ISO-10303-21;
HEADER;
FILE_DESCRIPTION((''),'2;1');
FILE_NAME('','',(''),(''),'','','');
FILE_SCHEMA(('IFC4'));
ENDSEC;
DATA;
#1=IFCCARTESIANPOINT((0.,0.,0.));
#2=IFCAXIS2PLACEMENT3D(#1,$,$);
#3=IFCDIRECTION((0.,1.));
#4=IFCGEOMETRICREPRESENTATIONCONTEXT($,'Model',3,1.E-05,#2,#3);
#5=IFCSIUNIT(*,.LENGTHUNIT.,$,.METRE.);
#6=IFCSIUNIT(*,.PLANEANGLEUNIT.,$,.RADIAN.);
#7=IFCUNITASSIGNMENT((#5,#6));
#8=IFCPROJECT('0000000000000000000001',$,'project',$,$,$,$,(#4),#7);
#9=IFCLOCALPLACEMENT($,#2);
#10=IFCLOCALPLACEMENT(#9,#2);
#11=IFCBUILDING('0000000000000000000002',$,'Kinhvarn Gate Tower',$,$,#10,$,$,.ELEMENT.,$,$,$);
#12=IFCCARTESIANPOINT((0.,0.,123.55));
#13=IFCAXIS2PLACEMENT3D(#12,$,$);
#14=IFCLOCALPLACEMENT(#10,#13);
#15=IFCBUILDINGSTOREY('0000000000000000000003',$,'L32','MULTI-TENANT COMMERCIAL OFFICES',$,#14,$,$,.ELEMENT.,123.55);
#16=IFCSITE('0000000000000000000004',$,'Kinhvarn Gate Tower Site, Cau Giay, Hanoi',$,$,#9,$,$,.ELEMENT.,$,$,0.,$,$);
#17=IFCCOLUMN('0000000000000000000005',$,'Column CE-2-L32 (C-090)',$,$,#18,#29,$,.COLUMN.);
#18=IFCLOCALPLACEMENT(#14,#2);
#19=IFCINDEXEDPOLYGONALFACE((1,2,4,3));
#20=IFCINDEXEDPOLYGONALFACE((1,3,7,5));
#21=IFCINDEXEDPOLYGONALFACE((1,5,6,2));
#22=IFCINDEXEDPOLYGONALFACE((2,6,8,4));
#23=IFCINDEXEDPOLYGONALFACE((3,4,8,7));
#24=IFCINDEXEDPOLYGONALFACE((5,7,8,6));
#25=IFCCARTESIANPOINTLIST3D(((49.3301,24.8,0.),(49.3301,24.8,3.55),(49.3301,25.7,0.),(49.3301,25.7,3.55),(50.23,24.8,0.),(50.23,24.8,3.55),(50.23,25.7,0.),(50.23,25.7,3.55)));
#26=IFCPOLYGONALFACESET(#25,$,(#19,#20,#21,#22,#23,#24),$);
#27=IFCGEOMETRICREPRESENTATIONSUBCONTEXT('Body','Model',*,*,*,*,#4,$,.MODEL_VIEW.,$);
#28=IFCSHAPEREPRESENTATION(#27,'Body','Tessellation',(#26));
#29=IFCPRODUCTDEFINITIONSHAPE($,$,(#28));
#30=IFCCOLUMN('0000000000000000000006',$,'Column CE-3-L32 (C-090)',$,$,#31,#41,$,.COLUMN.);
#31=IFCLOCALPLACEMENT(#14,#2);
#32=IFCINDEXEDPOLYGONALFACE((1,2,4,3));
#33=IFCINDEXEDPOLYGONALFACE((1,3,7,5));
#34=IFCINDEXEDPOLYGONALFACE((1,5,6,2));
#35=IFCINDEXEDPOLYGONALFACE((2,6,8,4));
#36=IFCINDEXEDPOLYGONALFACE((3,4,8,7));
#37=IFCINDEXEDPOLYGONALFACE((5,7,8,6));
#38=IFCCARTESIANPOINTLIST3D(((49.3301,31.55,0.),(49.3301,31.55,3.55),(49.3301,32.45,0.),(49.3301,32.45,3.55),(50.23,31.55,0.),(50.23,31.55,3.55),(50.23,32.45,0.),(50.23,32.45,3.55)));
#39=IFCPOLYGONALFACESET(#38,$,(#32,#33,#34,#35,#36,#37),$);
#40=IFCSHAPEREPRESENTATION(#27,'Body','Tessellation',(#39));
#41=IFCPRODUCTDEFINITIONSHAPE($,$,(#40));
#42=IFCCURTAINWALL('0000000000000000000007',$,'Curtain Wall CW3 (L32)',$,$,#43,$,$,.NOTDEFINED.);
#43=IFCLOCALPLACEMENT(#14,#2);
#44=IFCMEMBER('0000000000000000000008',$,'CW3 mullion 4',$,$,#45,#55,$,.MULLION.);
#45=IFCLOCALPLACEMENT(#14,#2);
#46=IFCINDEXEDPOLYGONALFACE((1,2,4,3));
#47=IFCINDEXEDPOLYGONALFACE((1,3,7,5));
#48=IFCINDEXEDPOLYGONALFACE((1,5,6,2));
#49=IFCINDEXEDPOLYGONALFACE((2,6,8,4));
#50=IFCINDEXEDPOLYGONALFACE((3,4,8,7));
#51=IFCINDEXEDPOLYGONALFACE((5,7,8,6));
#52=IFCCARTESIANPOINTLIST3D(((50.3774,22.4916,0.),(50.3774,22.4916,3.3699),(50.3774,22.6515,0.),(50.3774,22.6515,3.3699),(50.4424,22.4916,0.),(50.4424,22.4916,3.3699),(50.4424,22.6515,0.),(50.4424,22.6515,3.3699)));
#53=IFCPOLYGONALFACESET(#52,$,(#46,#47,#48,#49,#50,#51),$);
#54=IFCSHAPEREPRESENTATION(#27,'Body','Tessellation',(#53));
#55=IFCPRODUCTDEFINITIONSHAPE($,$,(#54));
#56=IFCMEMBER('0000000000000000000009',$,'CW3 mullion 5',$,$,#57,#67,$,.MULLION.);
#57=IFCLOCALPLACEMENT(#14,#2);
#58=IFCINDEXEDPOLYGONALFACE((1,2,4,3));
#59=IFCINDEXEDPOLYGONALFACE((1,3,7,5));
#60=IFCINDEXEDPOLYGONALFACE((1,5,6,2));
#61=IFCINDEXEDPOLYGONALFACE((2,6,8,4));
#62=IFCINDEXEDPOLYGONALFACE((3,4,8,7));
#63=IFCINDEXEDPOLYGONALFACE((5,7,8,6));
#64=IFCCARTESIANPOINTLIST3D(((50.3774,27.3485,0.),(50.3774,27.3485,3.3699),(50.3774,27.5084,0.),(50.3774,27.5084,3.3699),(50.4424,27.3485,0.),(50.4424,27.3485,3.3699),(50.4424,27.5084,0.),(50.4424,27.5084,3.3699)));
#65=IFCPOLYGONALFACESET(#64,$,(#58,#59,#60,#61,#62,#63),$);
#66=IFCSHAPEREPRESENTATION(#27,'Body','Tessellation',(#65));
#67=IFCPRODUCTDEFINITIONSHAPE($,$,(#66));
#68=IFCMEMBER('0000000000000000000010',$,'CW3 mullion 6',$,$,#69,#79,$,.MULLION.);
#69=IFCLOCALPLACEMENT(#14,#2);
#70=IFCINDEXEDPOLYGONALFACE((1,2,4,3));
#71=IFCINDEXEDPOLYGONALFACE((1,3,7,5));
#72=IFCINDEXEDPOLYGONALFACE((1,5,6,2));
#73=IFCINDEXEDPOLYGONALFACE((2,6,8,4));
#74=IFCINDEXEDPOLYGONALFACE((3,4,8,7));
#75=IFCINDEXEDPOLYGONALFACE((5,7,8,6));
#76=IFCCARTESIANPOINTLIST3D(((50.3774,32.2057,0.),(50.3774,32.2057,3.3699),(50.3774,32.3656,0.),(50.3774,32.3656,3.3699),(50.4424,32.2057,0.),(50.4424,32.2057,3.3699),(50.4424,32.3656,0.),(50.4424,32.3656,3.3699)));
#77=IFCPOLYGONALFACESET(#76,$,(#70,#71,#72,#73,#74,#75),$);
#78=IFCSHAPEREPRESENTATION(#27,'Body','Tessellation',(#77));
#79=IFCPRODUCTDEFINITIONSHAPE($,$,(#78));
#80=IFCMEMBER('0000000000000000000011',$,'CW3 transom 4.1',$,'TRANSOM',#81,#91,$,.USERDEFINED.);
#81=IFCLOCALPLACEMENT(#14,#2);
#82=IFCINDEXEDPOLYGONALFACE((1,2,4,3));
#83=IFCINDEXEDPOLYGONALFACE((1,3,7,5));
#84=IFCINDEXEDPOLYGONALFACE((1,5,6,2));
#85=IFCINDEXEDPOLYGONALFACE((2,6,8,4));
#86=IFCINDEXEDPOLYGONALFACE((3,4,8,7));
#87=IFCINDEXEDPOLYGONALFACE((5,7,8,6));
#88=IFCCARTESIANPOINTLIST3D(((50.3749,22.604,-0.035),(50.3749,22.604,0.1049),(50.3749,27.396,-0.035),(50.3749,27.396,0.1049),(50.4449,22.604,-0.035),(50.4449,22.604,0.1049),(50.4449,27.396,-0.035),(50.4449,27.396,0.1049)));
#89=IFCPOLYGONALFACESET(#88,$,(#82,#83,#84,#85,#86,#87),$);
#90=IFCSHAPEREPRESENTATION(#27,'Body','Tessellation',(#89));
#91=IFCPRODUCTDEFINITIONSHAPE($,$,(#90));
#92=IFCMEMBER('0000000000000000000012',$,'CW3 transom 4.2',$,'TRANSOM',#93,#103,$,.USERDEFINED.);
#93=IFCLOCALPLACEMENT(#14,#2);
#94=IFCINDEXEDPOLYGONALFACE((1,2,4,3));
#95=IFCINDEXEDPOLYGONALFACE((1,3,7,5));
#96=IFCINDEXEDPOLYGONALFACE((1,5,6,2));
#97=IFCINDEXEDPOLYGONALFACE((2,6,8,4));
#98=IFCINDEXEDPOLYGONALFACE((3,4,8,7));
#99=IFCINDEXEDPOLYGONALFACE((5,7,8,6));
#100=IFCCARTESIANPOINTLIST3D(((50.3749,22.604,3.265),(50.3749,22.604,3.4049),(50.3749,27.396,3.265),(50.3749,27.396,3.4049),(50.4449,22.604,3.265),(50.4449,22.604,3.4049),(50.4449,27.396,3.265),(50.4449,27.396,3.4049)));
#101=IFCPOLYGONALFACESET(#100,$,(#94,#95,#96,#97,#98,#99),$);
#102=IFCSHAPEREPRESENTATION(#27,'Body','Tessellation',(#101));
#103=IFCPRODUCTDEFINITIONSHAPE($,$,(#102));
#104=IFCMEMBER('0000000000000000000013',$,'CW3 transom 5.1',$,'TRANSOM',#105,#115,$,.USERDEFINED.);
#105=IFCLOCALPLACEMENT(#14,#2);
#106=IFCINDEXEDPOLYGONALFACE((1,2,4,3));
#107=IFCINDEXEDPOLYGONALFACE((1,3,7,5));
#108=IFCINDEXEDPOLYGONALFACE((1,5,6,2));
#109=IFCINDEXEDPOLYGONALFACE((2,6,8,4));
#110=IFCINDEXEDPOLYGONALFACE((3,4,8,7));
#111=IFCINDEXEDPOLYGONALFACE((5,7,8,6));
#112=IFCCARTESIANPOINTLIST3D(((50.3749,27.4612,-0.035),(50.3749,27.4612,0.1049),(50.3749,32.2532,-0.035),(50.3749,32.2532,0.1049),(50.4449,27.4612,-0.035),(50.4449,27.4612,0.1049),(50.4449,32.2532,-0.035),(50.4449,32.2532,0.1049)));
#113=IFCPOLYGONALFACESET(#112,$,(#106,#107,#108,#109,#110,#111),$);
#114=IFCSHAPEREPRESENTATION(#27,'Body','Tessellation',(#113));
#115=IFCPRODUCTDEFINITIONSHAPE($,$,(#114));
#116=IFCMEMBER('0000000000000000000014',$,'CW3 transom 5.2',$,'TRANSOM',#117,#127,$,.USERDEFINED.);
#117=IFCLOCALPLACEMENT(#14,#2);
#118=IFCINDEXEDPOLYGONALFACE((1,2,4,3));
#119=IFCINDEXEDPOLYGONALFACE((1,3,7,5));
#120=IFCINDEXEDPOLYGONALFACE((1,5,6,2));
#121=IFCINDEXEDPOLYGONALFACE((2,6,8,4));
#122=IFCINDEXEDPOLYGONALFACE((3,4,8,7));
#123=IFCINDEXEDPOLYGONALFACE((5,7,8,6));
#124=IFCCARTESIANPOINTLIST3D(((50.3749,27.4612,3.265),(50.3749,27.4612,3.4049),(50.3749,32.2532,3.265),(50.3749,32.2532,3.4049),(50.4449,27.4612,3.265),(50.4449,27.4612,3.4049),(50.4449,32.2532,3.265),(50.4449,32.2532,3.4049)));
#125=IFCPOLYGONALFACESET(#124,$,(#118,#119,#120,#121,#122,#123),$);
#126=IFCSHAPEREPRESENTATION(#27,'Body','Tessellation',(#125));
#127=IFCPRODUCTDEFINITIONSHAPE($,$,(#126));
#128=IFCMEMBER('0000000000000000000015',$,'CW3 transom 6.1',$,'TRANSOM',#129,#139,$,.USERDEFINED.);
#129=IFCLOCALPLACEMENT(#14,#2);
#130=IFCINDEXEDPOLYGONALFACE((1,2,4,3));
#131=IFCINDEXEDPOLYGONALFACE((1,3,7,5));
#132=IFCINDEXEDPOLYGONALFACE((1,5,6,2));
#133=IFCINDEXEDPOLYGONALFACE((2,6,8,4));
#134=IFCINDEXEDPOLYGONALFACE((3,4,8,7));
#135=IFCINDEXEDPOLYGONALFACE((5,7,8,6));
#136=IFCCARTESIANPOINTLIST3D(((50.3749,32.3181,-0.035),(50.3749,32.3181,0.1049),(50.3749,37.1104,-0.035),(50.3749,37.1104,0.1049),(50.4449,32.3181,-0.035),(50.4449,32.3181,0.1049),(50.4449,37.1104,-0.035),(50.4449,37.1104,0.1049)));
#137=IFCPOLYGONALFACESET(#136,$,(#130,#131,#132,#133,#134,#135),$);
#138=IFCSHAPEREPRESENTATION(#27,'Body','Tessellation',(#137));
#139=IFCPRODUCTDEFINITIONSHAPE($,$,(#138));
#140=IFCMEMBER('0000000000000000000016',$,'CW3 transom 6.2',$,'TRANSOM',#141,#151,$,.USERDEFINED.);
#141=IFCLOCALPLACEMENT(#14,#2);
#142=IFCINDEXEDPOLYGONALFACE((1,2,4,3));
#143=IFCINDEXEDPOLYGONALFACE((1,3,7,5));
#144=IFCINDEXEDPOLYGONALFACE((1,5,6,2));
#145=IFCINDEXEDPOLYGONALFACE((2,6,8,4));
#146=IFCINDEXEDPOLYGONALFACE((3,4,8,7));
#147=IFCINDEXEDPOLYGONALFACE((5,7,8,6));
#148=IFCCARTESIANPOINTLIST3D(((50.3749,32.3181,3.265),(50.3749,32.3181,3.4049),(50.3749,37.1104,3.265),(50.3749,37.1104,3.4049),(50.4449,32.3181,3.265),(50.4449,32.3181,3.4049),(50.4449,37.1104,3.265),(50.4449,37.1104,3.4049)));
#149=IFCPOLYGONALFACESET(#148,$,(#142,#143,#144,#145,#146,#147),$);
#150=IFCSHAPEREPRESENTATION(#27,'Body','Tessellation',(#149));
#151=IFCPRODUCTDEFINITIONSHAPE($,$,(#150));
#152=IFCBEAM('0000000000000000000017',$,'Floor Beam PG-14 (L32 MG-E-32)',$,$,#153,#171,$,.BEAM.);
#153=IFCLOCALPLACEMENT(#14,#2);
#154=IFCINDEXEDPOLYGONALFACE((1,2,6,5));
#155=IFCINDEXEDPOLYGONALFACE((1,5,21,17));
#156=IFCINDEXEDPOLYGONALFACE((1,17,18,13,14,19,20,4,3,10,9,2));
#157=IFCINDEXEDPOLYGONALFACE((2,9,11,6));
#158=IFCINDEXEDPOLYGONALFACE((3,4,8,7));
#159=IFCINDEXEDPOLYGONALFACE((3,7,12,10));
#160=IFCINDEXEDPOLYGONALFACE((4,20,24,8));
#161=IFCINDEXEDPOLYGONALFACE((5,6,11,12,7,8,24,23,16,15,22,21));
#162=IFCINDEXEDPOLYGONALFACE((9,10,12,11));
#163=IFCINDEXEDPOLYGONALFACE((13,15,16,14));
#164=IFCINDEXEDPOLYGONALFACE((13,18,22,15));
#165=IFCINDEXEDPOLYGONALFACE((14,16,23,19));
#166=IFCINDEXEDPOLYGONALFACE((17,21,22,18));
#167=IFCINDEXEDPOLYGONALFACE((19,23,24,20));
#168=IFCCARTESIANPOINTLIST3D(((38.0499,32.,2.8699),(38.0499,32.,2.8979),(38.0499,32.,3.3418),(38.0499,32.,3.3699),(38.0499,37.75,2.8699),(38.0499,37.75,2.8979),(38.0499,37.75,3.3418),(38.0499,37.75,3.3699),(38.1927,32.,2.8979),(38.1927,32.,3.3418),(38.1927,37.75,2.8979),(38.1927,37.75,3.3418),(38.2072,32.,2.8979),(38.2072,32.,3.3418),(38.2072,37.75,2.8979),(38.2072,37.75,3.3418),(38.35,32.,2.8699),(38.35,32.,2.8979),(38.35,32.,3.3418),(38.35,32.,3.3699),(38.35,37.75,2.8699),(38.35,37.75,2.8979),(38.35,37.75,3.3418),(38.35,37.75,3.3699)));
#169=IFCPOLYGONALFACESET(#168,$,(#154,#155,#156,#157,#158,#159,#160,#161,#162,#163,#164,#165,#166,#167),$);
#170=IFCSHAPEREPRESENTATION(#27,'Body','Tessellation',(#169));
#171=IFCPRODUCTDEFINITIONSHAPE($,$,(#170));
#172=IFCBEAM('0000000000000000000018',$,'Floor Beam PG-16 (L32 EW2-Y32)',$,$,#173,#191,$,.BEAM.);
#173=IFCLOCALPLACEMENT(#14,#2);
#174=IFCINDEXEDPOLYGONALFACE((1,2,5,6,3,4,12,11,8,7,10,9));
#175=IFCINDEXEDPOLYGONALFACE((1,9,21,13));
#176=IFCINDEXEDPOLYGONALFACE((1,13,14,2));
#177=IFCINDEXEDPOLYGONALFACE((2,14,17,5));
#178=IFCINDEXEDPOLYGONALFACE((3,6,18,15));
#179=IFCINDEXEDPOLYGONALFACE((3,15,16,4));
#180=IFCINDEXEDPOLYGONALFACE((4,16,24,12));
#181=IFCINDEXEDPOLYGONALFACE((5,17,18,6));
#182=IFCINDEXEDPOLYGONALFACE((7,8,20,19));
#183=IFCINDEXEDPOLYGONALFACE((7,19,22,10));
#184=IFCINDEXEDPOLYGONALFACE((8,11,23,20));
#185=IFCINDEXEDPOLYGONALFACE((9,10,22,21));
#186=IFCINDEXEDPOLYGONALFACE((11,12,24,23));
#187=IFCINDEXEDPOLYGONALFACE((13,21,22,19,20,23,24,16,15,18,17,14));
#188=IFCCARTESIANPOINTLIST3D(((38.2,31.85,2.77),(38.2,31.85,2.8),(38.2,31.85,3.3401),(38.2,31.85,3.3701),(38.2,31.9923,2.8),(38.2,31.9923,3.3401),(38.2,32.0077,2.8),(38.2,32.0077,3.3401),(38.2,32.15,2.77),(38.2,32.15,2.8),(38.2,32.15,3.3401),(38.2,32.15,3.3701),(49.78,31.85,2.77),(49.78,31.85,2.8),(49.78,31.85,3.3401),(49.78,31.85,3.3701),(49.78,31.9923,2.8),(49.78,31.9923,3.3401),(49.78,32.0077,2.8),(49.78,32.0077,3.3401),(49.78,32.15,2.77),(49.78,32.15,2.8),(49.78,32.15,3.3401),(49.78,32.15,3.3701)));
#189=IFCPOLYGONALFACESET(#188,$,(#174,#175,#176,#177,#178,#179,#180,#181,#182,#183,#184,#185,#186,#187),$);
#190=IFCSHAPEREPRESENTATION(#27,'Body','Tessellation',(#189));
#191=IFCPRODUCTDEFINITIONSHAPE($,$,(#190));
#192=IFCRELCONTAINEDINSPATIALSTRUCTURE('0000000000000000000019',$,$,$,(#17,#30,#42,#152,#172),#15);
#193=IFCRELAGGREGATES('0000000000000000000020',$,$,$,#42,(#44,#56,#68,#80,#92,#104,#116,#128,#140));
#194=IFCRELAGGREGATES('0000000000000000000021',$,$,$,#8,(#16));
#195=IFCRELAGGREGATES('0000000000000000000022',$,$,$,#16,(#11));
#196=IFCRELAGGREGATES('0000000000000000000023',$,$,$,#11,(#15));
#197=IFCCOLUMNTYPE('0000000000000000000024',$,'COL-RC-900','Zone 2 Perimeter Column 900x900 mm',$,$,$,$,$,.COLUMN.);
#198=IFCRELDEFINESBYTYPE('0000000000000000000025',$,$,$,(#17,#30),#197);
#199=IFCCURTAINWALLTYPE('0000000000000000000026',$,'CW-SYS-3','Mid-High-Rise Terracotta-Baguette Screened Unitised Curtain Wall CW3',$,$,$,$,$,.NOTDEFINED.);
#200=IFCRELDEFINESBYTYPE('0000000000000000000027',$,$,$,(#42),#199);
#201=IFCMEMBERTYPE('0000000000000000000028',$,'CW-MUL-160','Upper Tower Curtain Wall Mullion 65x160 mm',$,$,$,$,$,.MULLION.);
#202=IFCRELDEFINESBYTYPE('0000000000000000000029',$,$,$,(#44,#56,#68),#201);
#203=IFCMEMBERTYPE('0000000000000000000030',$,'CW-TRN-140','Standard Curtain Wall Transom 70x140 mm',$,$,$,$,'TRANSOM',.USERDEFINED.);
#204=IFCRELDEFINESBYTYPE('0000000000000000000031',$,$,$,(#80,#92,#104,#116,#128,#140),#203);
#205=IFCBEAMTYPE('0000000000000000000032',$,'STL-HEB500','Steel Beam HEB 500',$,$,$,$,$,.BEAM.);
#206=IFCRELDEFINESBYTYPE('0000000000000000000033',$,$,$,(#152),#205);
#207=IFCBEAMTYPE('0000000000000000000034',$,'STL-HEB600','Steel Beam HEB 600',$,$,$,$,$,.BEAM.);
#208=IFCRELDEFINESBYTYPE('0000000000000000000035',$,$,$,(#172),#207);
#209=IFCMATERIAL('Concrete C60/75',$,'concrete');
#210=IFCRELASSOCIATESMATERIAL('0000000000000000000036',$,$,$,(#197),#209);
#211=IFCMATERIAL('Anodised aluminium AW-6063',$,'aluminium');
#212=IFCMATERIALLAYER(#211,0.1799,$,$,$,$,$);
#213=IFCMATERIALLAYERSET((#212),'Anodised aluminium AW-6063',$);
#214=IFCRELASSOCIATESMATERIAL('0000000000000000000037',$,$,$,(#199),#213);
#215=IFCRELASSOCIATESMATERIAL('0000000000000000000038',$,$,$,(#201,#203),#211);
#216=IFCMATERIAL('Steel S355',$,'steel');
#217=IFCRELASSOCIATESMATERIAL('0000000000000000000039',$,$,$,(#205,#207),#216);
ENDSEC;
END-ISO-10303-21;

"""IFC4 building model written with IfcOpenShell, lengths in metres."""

from ifc_helpers import new_model, si_unit, direction, frame, origin, origin_2d, place, context, subcontext, project, spatial, rectangle, i_section, extrude, material, layer, layer_set, material_profile, profile_set, type_object, element, aggregate, save


model = new_model("IFC4")

# Units and contexts
model_context = context("Model", 3, precision=1e-05, world=origin(), true_north=direction((0.0, 1.0)))
body_context = subcontext(model_context, "Body", "Model", "MODEL_VIEW")
ifc_project = project(units=[si_unit("LENGTHUNIT", "METRE"), si_unit("PLANEANGLEUNIT", "RADIAN")], contexts=[model_context])

# Site, building, storey
site_placement = place(None, origin())
site = spatial("IfcSite", under=ifc_project, at=site_placement, Name="Kinhvarn Gate Tower Site, Cau Giay, Hanoi", CompositionType="ELEMENT", RefElevation=0.0)
building_placement = place(site_placement, origin())
building = spatial("IfcBuilding", under=site, at=building_placement, Name="Kinhvarn Gate Tower", CompositionType="ELEMENT")
storey_placement = place(building_placement, frame((0.0, 0.0, 123.55)))
storey = spatial("IfcBuildingStorey", under=building, at=storey_placement, Name="L32", Description="MULTI-TENANT COMMERCIAL OFFICES", CompositionType="ELEMENT", Elevation=123.55)

# Columns
ifc_material_1 = material(Name="Concrete C60/75", Category="concrete")
ifc_material_profile_1 = material_profile(ifc_material_1, rectangle(XDim=0.8999, YDim=0.8999, at=origin_2d()), Name="RC 900x900")
ifc_profile_set_1 = profile_set([ifc_material_profile_1], Name="Concrete C60/75")
column_type = type_object("IfcColumnType", Name="COL-RC-900", Description="Zone 2 Perimeter Column 900x900 mm", PredefinedType="COLUMN", material=ifc_profile_set_1)
for number, where, z_axis, x_axis, name in (
    (1, (49.78, 25.25, 0.0), (0.0, 0.0, 1.0), (1.0, 0.0, 0.0), "Column CE-2-L32 (C-090)"),
    (2, (49.78, 32.0, 0.0), (0.0, 0.0, 1.0), (1.0, 0.0, 0.0), "Column CE-3-L32 (C-090)"),
):
    element("IfcColumn", number, at=place(storey_placement, frame(where, z_axis=z_axis, x_axis=x_axis)), inside=storey, type_object=column_type, Name=name, PredefinedType="COLUMN", context=body_context, shape_type="SweptSolid", body=[
        extrude(rectangle(XDim=0.8999, YDim=0.8999, at=origin_2d()), origin(), (0.0, 0.0, 1.0), 3.55),
    ])

# Curtain wall, members
ifc_material_2 = material(Name="Anodised aluminium AW-6063", Category="aluminium")
ifc_layer_1 = layer(ifc_material_2, 0.1799)
ifc_layer_set_1 = layer_set([ifc_layer_1], Name="Anodised aluminium AW-6063")
curtain_wall_type = type_object("IfcCurtainWallType", Name="CW-SYS-3", Description="Mid-High-Rise Terracotta-Baguette Screened Unitised Curtain Wall CW3", PredefinedType="NOTDEFINED", material=ifc_layer_set_1)
curtain_wall_placement = place(storey_placement, origin())
curtain_wall = element("IfcCurtainWall", 3, at=curtain_wall_placement, inside=storey, type_object=curtain_wall_type, Name="Curtain Wall CW3 (L32)", PredefinedType="NOTDEFINED")
ifc_material_profile_2 = material_profile(ifc_material_2, rectangle(XDim=0.0649, YDim=0.1599, at=origin_2d()), Name="ALU 65x160")
ifc_profile_set_2 = profile_set([ifc_material_profile_2], Name="Anodised aluminium AW-6063")
member_type_1 = type_object("IfcMemberType", Name="CW-MUL-160", Description="Upper Tower Curtain Wall Mullion 65x160 mm", PredefinedType="MULLION", material=ifc_profile_set_2)
member_1_placement = place(storey_placement, frame((50.4099, 22.5715, 0.0), z_axis=(0.0, 0.0, 1.0), x_axis=(-1.0, 0.0, 0.0)))
member_1 = element("IfcMember", 4, at=member_1_placement, type_object=member_type_1, Name="CW3 mullion 4", PredefinedType="MULLION", context=body_context, shape_type="SweptSolid", body=[
    extrude(rectangle(XDim=0.0649, YDim=0.1599, at=origin_2d()), origin(), (0.0, 0.0, 1.0), 3.3699),
])
member_2_placement = place(storey_placement, frame((50.4099, 27.4285, 0.0), z_axis=(0.0, 0.0, 1.0), x_axis=(-1.0, 0.0, 0.0)))
member_2 = element("IfcMember", 5, at=member_2_placement, type_object=member_type_1, Name="CW3 mullion 5", PredefinedType="MULLION", context=body_context, shape_type="SweptSolid", body=[
    extrude(rectangle(XDim=0.0649, YDim=0.1599, at=origin_2d()), origin(), (0.0, 0.0, 1.0), 3.3699),
])
member_3_placement = place(storey_placement, frame((50.4099, 32.2856, 0.0), z_axis=(0.0, 0.0, 1.0), x_axis=(-1.0, 0.0, 0.0)))
member_3 = element("IfcMember", 6, at=member_3_placement, type_object=member_type_1, Name="CW3 mullion 6", PredefinedType="MULLION", context=body_context, shape_type="SweptSolid", body=[
    extrude(rectangle(XDim=0.0649, YDim=0.1599, at=origin_2d()), origin(), (0.0, 0.0, 1.0), 3.3699),
])
ifc_material_profile_3 = material_profile(ifc_material_2, rectangle(XDim=0.0701, YDim=0.1399, at=origin_2d()), Name="ALU 70x140")
ifc_profile_set_3 = profile_set([ifc_material_profile_3], Name="Anodised aluminium AW-6063")
member_type_2 = type_object("IfcMemberType", Name="CW-TRN-140", Description="Standard Curtain Wall Transom 70x140 mm", ElementType="TRANSOM", PredefinedType="USERDEFINED", material=ifc_profile_set_3)
member_4_placement = place(storey_placement, frame((50.4099, 22.604, 0.0349), z_axis=(0.0, 1.0, 0.0), x_axis=(-1.0, 0.0, 0.0)))
member_4 = element("IfcMember", 7, at=member_4_placement, type_object=member_type_2, Name="CW3 transom 4.1", ObjectType="TRANSOM", PredefinedType="USERDEFINED", context=body_context, shape_type="SweptSolid", body=[
    extrude(rectangle(XDim=0.0701, YDim=0.1399, at=origin_2d()), origin(), (0.0, 0.0, 1.0), 4.792),
])
member_5_placement = place(storey_placement, frame((50.4099, 22.604, 3.335), z_axis=(0.0, 1.0, 0.0), x_axis=(-1.0, 0.0, 0.0)))
member_5 = element("IfcMember", 8, at=member_5_placement, type_object=member_type_2, Name="CW3 transom 4.2", ObjectType="TRANSOM", PredefinedType="USERDEFINED", context=body_context, shape_type="SweptSolid", body=[
    extrude(rectangle(XDim=0.0701, YDim=0.1399, at=origin_2d()), origin(), (0.0, 0.0, 1.0), 4.792),
])
member_6_placement = place(storey_placement, frame((50.4099, 27.4612, 0.0349), z_axis=(0.0, 1.0, 0.0), x_axis=(-1.0, 0.0, 0.0)))
member_6 = element("IfcMember", 9, at=member_6_placement, type_object=member_type_2, Name="CW3 transom 5.1", ObjectType="TRANSOM", PredefinedType="USERDEFINED", context=body_context, shape_type="SweptSolid", body=[
    extrude(rectangle(XDim=0.0701, YDim=0.1399, at=origin_2d()), origin(), (0.0, 0.0, 1.0), 4.792),
])
member_7_placement = place(storey_placement, frame((50.4099, 27.4612, 3.335), z_axis=(0.0, 1.0, 0.0), x_axis=(-1.0, 0.0, 0.0)))
member_7 = element("IfcMember", 10, at=member_7_placement, type_object=member_type_2, Name="CW3 transom 5.2", ObjectType="TRANSOM", PredefinedType="USERDEFINED", context=body_context, shape_type="SweptSolid", body=[
    extrude(rectangle(XDim=0.0701, YDim=0.1399, at=origin_2d()), origin(), (0.0, 0.0, 1.0), 4.792),
])
member_8_placement = place(storey_placement, frame((50.4099, 32.3181, 0.0349), z_axis=(0.0, 1.0, 0.0), x_axis=(-1.0, 0.0, 0.0)))
member_8 = element("IfcMember", 11, at=member_8_placement, type_object=member_type_2, Name="CW3 transom 6.1", ObjectType="TRANSOM", PredefinedType="USERDEFINED", context=body_context, shape_type="SweptSolid", body=[
    extrude(rectangle(XDim=0.0701, YDim=0.1399, at=origin_2d()), origin(), (0.0, 0.0, 1.0), 4.7922),
])
member_9_placement = place(storey_placement, frame((50.4099, 32.3181, 3.335), z_axis=(0.0, 1.0, 0.0), x_axis=(-1.0, 0.0, 0.0)))
member_9 = element("IfcMember", 12, at=member_9_placement, type_object=member_type_2, Name="CW3 transom 6.2", ObjectType="TRANSOM", PredefinedType="USERDEFINED", context=body_context, shape_type="SweptSolid", body=[
    extrude(rectangle(XDim=0.0701, YDim=0.1399, at=origin_2d()), origin(), (0.0, 0.0, 1.0), 4.7922),
])

# Beams
ifc_material_3 = material(Name="Steel S355", Category="steel")
ifc_material_profile_4 = material_profile(ifc_material_3, i_section(OverallWidth=0.3, OverallDepth=0.5, WebThickness=0.0144, FlangeThickness=0.0281, at=origin_2d()), Name="HEB 500")
ifc_profile_set_4 = profile_set([ifc_material_profile_4], Name="Steel S355")
beam_type_1 = type_object("IfcBeamType", Name="STL-HEB500", Description="Steel Beam HEB 500", PredefinedType="BEAM", material=ifc_profile_set_4)
beam_1_placement = place(storey_placement, frame((38.2, 32.0, 3.1199), z_axis=(0.0, 1.0, 0.0), x_axis=(-1.0, 0.0, 0.0)))
element("IfcBeam", 13, at=beam_1_placement, inside=storey, type_object=beam_type_1, Name="Floor Beam PG-14 (L32 MG-E-32)", PredefinedType="BEAM", context=body_context, shape_type="SweptSolid", body=[
    extrude(i_section(OverallWidth=0.3, OverallDepth=0.5, WebThickness=0.0144, FlangeThickness=0.0281, at=origin_2d()), origin(), (0.0, 0.0, 1.0), 5.75),
])
ifc_material_profile_5 = material_profile(ifc_material_3, i_section(OverallWidth=0.3, OverallDepth=0.6001, WebThickness=0.0154, FlangeThickness=0.03, at=origin_2d()), Name="HEB 600")
ifc_profile_set_5 = profile_set([ifc_material_profile_5], Name="Steel S355")
beam_type_2 = type_object("IfcBeamType", Name="STL-HEB600", Description="Steel Beam HEB 600", PredefinedType="BEAM", material=ifc_profile_set_5)
beam_2_placement = place(storey_placement, frame((38.2, 32.0, 3.0701), z_axis=(1.0, 0.0, 0.0), x_axis=(0.0, 1.0, 0.0)))
element("IfcBeam", 14, at=beam_2_placement, inside=storey, type_object=beam_type_2, Name="Floor Beam PG-16 (L32 EW2-Y32)", PredefinedType="BEAM", context=body_context, shape_type="SweptSolid", body=[
    extrude(i_section(OverallWidth=0.3, OverallDepth=0.6001, WebThickness=0.0154, FlangeThickness=0.03, at=origin_2d()), origin(), (0.0, 0.0, 1.0), 11.5801),
])

aggregate(curtain_wall, [member_1, member_2, member_3, member_4, member_5, member_6, member_7, member_8, member_9])

save(model, "model.ifc")
